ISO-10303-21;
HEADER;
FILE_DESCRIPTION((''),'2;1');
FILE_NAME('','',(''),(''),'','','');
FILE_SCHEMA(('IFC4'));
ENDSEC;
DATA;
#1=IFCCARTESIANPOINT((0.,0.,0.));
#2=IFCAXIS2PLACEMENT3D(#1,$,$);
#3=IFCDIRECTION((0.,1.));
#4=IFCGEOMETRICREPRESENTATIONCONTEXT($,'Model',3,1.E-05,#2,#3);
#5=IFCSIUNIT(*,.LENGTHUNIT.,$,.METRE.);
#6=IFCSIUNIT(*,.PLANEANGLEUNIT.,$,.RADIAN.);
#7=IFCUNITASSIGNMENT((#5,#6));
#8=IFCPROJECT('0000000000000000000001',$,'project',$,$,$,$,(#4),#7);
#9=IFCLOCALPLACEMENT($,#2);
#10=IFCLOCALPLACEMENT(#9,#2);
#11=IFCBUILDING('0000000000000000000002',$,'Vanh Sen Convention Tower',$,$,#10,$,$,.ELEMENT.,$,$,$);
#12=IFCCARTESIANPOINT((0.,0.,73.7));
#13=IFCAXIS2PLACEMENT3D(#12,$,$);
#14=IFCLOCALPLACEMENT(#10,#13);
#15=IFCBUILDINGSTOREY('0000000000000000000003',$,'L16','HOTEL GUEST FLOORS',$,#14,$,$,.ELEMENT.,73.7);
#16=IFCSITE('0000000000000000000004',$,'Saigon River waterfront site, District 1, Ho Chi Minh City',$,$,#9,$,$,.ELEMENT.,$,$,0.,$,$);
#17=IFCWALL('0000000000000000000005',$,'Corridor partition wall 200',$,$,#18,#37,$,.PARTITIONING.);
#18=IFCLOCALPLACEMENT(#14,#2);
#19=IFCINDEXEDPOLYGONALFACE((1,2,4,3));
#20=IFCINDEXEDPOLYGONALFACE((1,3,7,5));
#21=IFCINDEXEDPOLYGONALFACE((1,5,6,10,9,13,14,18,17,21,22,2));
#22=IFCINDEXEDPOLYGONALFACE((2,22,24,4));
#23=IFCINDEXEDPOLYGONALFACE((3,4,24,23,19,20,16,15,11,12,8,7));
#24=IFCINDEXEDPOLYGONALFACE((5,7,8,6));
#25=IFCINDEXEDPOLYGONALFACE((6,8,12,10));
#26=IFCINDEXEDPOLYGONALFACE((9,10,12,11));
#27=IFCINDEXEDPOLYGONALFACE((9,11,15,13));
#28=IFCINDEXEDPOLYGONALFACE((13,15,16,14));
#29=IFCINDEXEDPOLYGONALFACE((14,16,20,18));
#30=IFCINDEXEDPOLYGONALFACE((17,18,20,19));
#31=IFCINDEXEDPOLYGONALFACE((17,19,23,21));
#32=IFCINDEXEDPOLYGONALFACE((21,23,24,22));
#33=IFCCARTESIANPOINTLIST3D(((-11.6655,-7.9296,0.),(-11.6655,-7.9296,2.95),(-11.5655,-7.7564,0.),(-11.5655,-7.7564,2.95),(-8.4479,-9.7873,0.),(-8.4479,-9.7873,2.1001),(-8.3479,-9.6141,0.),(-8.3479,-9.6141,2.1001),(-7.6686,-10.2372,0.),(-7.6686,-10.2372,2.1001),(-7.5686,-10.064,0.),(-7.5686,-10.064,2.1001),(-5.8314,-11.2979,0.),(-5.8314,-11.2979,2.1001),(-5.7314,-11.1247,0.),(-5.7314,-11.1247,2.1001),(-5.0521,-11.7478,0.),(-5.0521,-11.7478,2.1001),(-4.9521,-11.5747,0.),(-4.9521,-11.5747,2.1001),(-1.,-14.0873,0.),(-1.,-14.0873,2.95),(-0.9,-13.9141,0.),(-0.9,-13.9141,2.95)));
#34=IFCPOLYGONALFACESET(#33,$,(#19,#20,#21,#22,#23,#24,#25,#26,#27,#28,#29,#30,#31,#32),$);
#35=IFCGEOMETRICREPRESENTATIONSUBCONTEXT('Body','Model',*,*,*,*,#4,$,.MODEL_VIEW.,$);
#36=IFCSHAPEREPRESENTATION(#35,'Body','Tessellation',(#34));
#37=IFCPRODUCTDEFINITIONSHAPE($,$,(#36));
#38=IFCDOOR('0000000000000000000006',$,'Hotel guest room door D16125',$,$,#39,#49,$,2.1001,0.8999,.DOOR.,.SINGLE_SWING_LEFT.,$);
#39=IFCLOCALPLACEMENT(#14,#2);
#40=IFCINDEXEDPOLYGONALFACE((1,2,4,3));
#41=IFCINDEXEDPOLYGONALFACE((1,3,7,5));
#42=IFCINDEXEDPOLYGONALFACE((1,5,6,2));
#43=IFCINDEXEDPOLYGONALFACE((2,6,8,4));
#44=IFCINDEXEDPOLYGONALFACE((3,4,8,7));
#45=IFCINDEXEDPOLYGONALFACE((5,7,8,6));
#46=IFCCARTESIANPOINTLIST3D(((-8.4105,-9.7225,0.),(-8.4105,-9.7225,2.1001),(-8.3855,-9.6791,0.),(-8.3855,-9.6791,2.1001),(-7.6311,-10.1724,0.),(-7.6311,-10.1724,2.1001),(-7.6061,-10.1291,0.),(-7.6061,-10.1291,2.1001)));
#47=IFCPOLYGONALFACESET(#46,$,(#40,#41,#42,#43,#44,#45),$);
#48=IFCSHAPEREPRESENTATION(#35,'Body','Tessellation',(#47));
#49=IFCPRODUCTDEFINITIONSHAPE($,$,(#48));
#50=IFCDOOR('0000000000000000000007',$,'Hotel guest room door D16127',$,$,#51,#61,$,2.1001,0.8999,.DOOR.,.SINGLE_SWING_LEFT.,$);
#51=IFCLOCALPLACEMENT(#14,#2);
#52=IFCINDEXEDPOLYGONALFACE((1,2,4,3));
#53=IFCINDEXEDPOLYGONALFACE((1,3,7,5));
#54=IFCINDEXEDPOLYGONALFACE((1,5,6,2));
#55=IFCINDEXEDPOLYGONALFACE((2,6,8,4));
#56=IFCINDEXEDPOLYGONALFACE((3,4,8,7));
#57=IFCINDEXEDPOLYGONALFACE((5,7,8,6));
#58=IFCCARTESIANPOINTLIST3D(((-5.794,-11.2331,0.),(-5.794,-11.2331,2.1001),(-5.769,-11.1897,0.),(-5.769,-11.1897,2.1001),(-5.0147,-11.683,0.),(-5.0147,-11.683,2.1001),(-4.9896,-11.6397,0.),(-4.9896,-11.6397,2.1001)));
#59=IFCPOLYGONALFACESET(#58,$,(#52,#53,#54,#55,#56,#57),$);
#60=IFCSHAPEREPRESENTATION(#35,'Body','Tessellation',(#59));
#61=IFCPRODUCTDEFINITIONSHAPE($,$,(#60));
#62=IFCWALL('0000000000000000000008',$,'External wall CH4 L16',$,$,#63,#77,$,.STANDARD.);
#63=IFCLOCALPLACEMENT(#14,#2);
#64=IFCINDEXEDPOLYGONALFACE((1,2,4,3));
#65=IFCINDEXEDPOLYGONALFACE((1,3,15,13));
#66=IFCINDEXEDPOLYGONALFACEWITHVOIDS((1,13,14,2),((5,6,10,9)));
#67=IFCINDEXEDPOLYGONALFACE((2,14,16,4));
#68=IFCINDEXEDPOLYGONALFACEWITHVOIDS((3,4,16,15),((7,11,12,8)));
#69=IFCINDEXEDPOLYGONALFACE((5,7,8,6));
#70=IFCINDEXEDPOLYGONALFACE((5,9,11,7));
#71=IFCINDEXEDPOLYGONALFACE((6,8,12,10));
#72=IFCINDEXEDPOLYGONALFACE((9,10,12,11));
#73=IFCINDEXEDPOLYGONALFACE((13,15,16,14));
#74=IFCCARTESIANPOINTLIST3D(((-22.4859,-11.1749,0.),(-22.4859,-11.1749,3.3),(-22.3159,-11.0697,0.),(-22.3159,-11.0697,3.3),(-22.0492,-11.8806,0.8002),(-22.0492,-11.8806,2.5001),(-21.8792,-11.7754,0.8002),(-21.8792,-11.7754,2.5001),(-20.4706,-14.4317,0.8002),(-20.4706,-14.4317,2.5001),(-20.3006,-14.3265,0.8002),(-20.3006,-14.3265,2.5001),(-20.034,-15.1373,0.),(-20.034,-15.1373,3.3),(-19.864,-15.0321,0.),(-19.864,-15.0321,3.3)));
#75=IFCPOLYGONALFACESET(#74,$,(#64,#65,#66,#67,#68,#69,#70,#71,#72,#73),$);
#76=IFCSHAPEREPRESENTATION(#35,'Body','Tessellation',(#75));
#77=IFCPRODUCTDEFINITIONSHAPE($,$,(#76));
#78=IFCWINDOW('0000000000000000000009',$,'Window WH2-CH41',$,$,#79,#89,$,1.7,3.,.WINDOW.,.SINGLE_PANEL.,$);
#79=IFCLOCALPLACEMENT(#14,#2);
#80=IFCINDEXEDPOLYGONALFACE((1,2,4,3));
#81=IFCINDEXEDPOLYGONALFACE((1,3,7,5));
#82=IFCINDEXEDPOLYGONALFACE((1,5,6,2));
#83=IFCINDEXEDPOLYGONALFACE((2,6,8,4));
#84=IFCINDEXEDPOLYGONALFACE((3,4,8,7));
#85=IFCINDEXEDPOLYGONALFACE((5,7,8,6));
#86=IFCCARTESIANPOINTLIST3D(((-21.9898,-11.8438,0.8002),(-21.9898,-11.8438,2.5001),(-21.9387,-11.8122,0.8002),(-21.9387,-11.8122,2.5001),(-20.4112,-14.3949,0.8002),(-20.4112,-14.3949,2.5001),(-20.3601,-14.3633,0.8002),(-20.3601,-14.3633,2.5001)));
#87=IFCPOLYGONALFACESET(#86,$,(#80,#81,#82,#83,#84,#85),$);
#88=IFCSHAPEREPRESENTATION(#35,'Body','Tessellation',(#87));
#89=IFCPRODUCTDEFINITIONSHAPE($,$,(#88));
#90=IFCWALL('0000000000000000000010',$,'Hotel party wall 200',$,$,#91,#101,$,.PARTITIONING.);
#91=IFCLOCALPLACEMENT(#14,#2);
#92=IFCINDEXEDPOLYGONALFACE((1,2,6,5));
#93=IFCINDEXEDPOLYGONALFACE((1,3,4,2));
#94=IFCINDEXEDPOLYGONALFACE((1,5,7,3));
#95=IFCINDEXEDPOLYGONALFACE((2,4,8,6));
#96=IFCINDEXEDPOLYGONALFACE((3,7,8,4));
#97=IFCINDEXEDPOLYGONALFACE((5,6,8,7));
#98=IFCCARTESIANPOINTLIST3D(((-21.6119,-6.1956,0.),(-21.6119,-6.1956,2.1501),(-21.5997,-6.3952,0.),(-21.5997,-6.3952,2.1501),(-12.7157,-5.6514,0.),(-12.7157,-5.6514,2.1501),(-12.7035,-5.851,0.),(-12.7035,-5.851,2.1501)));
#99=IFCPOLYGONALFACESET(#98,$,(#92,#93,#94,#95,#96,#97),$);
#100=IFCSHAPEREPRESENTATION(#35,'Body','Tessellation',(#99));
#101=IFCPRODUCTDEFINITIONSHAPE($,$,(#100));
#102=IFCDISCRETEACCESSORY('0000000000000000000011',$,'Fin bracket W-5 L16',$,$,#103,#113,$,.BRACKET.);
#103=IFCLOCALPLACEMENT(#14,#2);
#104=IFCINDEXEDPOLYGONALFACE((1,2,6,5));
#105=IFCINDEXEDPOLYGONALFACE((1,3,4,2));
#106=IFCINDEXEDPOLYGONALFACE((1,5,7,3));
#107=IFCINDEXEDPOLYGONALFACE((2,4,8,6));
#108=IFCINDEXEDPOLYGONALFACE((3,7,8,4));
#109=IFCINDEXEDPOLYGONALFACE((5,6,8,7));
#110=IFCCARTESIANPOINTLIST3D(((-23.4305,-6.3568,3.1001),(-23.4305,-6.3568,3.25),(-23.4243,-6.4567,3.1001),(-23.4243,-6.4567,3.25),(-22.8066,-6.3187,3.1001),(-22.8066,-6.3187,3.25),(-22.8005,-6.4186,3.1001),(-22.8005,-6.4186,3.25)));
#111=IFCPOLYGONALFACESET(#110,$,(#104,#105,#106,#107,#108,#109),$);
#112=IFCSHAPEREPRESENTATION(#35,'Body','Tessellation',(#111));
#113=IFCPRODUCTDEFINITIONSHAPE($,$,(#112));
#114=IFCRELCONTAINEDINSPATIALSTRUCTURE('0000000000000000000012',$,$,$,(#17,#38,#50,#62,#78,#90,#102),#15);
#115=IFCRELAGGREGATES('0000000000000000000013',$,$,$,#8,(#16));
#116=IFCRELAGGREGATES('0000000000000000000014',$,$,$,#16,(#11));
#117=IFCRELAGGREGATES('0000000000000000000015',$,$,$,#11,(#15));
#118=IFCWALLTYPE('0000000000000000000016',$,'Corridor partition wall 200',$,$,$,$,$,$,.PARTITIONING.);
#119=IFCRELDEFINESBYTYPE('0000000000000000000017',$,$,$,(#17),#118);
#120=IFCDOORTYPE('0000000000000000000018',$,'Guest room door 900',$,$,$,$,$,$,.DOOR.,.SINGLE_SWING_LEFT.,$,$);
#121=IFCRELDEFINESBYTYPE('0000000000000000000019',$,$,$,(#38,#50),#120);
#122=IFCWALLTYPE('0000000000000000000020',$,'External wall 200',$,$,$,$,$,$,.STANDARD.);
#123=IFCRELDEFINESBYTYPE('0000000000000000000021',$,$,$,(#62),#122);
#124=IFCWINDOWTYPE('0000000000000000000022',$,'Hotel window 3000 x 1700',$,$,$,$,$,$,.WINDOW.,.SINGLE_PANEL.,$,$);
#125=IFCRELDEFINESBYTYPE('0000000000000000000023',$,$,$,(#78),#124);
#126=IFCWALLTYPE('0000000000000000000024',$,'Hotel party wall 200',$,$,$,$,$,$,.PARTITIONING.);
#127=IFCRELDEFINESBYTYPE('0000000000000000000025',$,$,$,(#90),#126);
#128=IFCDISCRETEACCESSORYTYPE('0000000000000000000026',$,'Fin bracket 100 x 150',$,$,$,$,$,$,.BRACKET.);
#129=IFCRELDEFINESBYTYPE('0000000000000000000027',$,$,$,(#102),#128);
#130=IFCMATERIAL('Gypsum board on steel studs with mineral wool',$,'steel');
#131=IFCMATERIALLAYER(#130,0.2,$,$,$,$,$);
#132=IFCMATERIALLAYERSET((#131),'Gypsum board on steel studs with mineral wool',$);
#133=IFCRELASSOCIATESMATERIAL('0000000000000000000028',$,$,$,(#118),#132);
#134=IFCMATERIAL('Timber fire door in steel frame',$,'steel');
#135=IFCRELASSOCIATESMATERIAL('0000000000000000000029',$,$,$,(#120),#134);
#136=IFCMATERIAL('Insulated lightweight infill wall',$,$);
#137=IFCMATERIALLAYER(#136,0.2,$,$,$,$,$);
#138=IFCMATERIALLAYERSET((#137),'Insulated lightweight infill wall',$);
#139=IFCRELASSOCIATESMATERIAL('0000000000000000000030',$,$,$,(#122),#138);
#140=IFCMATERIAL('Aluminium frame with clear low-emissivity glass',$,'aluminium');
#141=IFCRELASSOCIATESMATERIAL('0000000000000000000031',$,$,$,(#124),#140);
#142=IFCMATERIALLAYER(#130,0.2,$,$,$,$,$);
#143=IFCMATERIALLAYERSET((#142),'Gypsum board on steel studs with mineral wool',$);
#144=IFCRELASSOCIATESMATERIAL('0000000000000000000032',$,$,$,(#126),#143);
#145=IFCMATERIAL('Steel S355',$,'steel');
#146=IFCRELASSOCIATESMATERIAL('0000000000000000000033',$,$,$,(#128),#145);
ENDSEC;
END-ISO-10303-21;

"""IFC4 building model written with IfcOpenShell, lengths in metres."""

from ifc_helpers import new_model, si_unit, direction, frame, frame_2d, origin, origin_2d, place, context, subcontext, project, spatial, rectangle, extrude, material, layer, layer_set, type_object, element, fill, save


model = new_model("IFC4")

# Units and contexts
model_context = context("Model", 3, precision=1e-05, world=origin(), true_north=direction((0.0, 1.0)))
body_context = subcontext(model_context, "Body", "Model", "MODEL_VIEW")
ifc_project = project(units=[si_unit("LENGTHUNIT", "METRE"), si_unit("PLANEANGLEUNIT", "RADIAN")], contexts=[model_context])

# Site, building, storey
site_placement = place(None, origin())
site = spatial("IfcSite", under=ifc_project, at=site_placement, Name="Saigon River waterfront site, District 1, Ho Chi Minh City", CompositionType="ELEMENT", RefElevation=0.0)
building_placement = place(site_placement, origin())
building = spatial("IfcBuilding", under=site, at=building_placement, Name="Vanh Sen Convention Tower", CompositionType="ELEMENT")
storey_placement = place(building_placement, frame((0.0, 0.0, 73.7)))
storey = spatial("IfcBuildingStorey", under=building, at=storey_placement, Name="L16", Description="HOTEL GUEST FLOORS", CompositionType="ELEMENT", Elevation=73.7)

# Shared definitions
ifc_material_1 = material(Name="Gypsum board on steel studs with mineral wool", Category="steel")
ifc_layer_1 = layer(ifc_material_1, 0.2)
ifc_layer_set_1 = layer_set([ifc_layer_1], Name="Gypsum board on steel studs with mineral wool")
wall_type_1 = type_object("IfcWallType", Name="Corridor partition wall 200", PredefinedType="PARTITIONING", material=ifc_layer_set_1)
ifc_material_2 = material(Name="Timber fire door in steel frame", Category="steel")

# Wall, openings, doors
wall_1_placement = place(storey_placement, frame((-11.6155, -7.843, 0.0), z_axis=(0.0, 0.0, 1.0), x_axis=(0.866026, -0.499998, 0.0)))
wall_1 = element("IfcWall", 1, at=wall_1_placement, inside=storey, type_object=wall_type_1, Name="Corridor partition wall 200", PredefinedType="PARTITIONING", context=body_context, shape_type="SweptSolid", body=[
    extrude(rectangle(XDim=12.3154, YDim=0.2, at=frame_2d((6.1577, 0.0))), origin(), (0.0, 0.0, 1.0), 2.95),
])
opening_1_placement = place(wall_1_placement, frame((3.7153, 0.0, 0.0)))
opening_1 = element("IfcOpeningElement", 2, at=opening_1_placement, cuts=wall_1, PredefinedType="OPENING", context=body_context, shape_type="SweptSolid", body=[
    extrude(rectangle(XDim=0.8999, YDim=2.1001, at=frame_2d((0.45, 1.05))), frame((0.0, 0.1099, 0.0), z_axis=(0.0, -1.0, 0.0), x_axis=(1.0, 0.0, 0.0)), (0.0, 0.0, 1.0), 0.22),
])
opening_2_placement = place(wall_1_placement, frame((6.7366, 0.0, 0.0)))
opening_2 = element("IfcOpeningElement", 3, at=opening_2_placement, cuts=wall_1, PredefinedType="OPENING", context=body_context, shape_type="SweptSolid", body=[
    extrude(rectangle(XDim=0.8999, YDim=2.1001, at=frame_2d((0.45, 1.05))), frame((0.0, 0.1099, 0.0), z_axis=(0.0, -1.0, 0.0), x_axis=(1.0, 0.0, 0.0)), (0.0, 0.0, 1.0), 0.22),
])
door_type_1 = type_object("IfcDoorType", Name="Guest room door 900", OperationType="SINGLE_SWING_LEFT", PredefinedType="DOOR", material=ifc_material_2)
door_1_placement = place(opening_1_placement, origin())
door_1 = element("IfcDoor", 4, at=door_1_placement, inside=storey, type_object=door_type_1, Name="Hotel guest room door D16125", OperationType="SINGLE_SWING_LEFT", OverallHeight=2.1001, OverallWidth=0.8999, PredefinedType="DOOR", context=body_context, shape_type="SweptSolid", body=[
    extrude(rectangle(XDim=0.8999, YDim=2.1001, at=frame_2d((0.45, 1.05))), frame((0.0, 0.0249, 0.0), z_axis=(0.0, -1.0, 0.0), x_axis=(1.0, 0.0, 0.0)), (0.0, 0.0, 1.0), 0.05),
])
fill(opening_1, door_1)
door_2_placement = place(opening_2_placement, origin())
door_2 = element("IfcDoor", 5, at=door_2_placement, inside=storey, type_object=door_type_1, Name="Hotel guest room door D16127", OperationType="SINGLE_SWING_LEFT", OverallHeight=2.1001, OverallWidth=0.8999, PredefinedType="DOOR", context=body_context, shape_type="SweptSolid", body=[
    extrude(rectangle(XDim=0.8999, YDim=2.1001, at=frame_2d((0.45, 1.05))), frame((0.0, 0.0249, 0.0), z_axis=(0.0, -1.0, 0.0), x_axis=(1.0, 0.0, 0.0)), (0.0, 0.0, 1.0), 0.05),
])
fill(opening_2, door_2)

# Wall, opening, window
ifc_material_3 = material(Name="Insulated lightweight infill wall")
ifc_layer_2 = layer(ifc_material_3, 0.2)
ifc_layer_set_2 = layer_set([ifc_layer_2], Name="Insulated lightweight infill wall")
wall_type_2 = type_object("IfcWallType", Name="External wall 200", PredefinedType="STANDARD", material=ifc_layer_set_2)
wall_2_placement = place(storey_placement, frame((-22.4009, -11.1223, 0.0), z_axis=(0.0, 0.0, 1.0), x_axis=(0.526198, -0.850362, 0.0)))
wall_2 = element("IfcWall", 6, at=wall_2_placement, inside=storey, type_object=wall_type_2, Name="External wall CH4 L16", PredefinedType="STANDARD", context=body_context, shape_type="SweptSolid", body=[
    extrude(rectangle(XDim=4.6597, YDim=0.2, at=frame_2d((2.3298, 0.0))), origin(), (0.0, 0.0, 1.0), 3.3),
])
opening_3_placement = place(wall_2_placement, frame((0.8298, 0.0, 0.8)))
opening_3 = element("IfcOpeningElement", 7, at=opening_3_placement, cuts=wall_2, PredefinedType="OPENING", context=body_context, shape_type="SweptSolid", body=[
    extrude(rectangle(XDim=3.0, YDim=1.7, at=frame_2d((1.5, 0.8501))), frame((0.0, 0.1099, 0.0), z_axis=(0.0, -1.0, 0.0), x_axis=(1.0, 0.0, 0.0)), (0.0, 0.0, 1.0), 0.22),
])
ifc_material_4 = material(Name="Aluminium frame with clear low-emissivity glass", Category="aluminium")
window_type = type_object("IfcWindowType", Name="Hotel window 3000 x 1700", PartitioningType="SINGLE_PANEL", PredefinedType="WINDOW", material=ifc_material_4)
window_placement = place(opening_3_placement, origin())
window = element("IfcWindow", 8, at=window_placement, inside=storey, type_object=window_type, Name="Window WH2-CH41", OverallHeight=1.7, OverallWidth=3.0, PartitioningType="SINGLE_PANEL", PredefinedType="WINDOW", context=body_context, shape_type="SweptSolid", body=[
    extrude(rectangle(XDim=3.0, YDim=1.7, at=frame_2d((1.5, 0.8501))), frame((0.0, 0.03, 0.0), z_axis=(0.0, -1.0, 0.0), x_axis=(1.0, 0.0, 0.0)), (0.0, 0.0, 1.0), 0.0601),
])
fill(opening_3, window)

# Wall
ifc_layer_3 = layer(ifc_material_1, 0.2)
ifc_layer_set_3 = layer_set([ifc_layer_3], Name="Gypsum board on steel studs with mineral wool")
wall_type_3 = type_object("IfcWallType", Name="Hotel party wall 200", PredefinedType="PARTITIONING", material=ifc_layer_set_3)
wall_3_placement = place(storey_placement, frame((-21.606, -6.2954, 0.0), z_axis=(0.0, 0.0, 1.0), x_axis=(0.998134, 0.061057, 0.0)))
element("IfcWall", 9, at=wall_3_placement, inside=storey, type_object=wall_type_3, Name="Hotel party wall 200", PredefinedType="PARTITIONING", context=body_context, shape_type="SweptSolid", body=[
    extrude(rectangle(XDim=8.9128, YDim=0.2, at=frame_2d((4.4565, 0.0))), origin(), (0.0, 0.0, 1.0), 2.1501),
])

# Discrete accessory
ifc_material_5 = material(Name="Steel S355", Category="steel")
discrete_accessory_type = type_object("IfcDiscreteAccessoryType", Name="Fin bracket 100 x 150", PredefinedType="BRACKET", material=ifc_material_5)
discrete_accessory_placement = place(storey_placement, frame((-23.1155, -6.3877, 3.1001), z_axis=(0.0, 0.0, 1.0), x_axis=(-0.998135, -0.061049, 0.0)))
element("IfcDiscreteAccessory", 10, at=discrete_accessory_placement, inside=storey, type_object=discrete_accessory_type, Name="Fin bracket W-5 L16", PredefinedType="BRACKET", context=body_context, shape_type="SweptSolid", body=[
    extrude(rectangle(XDim=0.625, YDim=0.1001, at=origin_2d()), origin(), (0.0, 0.0, 1.0), 0.1499),
])

save(model, "model.ifc")
